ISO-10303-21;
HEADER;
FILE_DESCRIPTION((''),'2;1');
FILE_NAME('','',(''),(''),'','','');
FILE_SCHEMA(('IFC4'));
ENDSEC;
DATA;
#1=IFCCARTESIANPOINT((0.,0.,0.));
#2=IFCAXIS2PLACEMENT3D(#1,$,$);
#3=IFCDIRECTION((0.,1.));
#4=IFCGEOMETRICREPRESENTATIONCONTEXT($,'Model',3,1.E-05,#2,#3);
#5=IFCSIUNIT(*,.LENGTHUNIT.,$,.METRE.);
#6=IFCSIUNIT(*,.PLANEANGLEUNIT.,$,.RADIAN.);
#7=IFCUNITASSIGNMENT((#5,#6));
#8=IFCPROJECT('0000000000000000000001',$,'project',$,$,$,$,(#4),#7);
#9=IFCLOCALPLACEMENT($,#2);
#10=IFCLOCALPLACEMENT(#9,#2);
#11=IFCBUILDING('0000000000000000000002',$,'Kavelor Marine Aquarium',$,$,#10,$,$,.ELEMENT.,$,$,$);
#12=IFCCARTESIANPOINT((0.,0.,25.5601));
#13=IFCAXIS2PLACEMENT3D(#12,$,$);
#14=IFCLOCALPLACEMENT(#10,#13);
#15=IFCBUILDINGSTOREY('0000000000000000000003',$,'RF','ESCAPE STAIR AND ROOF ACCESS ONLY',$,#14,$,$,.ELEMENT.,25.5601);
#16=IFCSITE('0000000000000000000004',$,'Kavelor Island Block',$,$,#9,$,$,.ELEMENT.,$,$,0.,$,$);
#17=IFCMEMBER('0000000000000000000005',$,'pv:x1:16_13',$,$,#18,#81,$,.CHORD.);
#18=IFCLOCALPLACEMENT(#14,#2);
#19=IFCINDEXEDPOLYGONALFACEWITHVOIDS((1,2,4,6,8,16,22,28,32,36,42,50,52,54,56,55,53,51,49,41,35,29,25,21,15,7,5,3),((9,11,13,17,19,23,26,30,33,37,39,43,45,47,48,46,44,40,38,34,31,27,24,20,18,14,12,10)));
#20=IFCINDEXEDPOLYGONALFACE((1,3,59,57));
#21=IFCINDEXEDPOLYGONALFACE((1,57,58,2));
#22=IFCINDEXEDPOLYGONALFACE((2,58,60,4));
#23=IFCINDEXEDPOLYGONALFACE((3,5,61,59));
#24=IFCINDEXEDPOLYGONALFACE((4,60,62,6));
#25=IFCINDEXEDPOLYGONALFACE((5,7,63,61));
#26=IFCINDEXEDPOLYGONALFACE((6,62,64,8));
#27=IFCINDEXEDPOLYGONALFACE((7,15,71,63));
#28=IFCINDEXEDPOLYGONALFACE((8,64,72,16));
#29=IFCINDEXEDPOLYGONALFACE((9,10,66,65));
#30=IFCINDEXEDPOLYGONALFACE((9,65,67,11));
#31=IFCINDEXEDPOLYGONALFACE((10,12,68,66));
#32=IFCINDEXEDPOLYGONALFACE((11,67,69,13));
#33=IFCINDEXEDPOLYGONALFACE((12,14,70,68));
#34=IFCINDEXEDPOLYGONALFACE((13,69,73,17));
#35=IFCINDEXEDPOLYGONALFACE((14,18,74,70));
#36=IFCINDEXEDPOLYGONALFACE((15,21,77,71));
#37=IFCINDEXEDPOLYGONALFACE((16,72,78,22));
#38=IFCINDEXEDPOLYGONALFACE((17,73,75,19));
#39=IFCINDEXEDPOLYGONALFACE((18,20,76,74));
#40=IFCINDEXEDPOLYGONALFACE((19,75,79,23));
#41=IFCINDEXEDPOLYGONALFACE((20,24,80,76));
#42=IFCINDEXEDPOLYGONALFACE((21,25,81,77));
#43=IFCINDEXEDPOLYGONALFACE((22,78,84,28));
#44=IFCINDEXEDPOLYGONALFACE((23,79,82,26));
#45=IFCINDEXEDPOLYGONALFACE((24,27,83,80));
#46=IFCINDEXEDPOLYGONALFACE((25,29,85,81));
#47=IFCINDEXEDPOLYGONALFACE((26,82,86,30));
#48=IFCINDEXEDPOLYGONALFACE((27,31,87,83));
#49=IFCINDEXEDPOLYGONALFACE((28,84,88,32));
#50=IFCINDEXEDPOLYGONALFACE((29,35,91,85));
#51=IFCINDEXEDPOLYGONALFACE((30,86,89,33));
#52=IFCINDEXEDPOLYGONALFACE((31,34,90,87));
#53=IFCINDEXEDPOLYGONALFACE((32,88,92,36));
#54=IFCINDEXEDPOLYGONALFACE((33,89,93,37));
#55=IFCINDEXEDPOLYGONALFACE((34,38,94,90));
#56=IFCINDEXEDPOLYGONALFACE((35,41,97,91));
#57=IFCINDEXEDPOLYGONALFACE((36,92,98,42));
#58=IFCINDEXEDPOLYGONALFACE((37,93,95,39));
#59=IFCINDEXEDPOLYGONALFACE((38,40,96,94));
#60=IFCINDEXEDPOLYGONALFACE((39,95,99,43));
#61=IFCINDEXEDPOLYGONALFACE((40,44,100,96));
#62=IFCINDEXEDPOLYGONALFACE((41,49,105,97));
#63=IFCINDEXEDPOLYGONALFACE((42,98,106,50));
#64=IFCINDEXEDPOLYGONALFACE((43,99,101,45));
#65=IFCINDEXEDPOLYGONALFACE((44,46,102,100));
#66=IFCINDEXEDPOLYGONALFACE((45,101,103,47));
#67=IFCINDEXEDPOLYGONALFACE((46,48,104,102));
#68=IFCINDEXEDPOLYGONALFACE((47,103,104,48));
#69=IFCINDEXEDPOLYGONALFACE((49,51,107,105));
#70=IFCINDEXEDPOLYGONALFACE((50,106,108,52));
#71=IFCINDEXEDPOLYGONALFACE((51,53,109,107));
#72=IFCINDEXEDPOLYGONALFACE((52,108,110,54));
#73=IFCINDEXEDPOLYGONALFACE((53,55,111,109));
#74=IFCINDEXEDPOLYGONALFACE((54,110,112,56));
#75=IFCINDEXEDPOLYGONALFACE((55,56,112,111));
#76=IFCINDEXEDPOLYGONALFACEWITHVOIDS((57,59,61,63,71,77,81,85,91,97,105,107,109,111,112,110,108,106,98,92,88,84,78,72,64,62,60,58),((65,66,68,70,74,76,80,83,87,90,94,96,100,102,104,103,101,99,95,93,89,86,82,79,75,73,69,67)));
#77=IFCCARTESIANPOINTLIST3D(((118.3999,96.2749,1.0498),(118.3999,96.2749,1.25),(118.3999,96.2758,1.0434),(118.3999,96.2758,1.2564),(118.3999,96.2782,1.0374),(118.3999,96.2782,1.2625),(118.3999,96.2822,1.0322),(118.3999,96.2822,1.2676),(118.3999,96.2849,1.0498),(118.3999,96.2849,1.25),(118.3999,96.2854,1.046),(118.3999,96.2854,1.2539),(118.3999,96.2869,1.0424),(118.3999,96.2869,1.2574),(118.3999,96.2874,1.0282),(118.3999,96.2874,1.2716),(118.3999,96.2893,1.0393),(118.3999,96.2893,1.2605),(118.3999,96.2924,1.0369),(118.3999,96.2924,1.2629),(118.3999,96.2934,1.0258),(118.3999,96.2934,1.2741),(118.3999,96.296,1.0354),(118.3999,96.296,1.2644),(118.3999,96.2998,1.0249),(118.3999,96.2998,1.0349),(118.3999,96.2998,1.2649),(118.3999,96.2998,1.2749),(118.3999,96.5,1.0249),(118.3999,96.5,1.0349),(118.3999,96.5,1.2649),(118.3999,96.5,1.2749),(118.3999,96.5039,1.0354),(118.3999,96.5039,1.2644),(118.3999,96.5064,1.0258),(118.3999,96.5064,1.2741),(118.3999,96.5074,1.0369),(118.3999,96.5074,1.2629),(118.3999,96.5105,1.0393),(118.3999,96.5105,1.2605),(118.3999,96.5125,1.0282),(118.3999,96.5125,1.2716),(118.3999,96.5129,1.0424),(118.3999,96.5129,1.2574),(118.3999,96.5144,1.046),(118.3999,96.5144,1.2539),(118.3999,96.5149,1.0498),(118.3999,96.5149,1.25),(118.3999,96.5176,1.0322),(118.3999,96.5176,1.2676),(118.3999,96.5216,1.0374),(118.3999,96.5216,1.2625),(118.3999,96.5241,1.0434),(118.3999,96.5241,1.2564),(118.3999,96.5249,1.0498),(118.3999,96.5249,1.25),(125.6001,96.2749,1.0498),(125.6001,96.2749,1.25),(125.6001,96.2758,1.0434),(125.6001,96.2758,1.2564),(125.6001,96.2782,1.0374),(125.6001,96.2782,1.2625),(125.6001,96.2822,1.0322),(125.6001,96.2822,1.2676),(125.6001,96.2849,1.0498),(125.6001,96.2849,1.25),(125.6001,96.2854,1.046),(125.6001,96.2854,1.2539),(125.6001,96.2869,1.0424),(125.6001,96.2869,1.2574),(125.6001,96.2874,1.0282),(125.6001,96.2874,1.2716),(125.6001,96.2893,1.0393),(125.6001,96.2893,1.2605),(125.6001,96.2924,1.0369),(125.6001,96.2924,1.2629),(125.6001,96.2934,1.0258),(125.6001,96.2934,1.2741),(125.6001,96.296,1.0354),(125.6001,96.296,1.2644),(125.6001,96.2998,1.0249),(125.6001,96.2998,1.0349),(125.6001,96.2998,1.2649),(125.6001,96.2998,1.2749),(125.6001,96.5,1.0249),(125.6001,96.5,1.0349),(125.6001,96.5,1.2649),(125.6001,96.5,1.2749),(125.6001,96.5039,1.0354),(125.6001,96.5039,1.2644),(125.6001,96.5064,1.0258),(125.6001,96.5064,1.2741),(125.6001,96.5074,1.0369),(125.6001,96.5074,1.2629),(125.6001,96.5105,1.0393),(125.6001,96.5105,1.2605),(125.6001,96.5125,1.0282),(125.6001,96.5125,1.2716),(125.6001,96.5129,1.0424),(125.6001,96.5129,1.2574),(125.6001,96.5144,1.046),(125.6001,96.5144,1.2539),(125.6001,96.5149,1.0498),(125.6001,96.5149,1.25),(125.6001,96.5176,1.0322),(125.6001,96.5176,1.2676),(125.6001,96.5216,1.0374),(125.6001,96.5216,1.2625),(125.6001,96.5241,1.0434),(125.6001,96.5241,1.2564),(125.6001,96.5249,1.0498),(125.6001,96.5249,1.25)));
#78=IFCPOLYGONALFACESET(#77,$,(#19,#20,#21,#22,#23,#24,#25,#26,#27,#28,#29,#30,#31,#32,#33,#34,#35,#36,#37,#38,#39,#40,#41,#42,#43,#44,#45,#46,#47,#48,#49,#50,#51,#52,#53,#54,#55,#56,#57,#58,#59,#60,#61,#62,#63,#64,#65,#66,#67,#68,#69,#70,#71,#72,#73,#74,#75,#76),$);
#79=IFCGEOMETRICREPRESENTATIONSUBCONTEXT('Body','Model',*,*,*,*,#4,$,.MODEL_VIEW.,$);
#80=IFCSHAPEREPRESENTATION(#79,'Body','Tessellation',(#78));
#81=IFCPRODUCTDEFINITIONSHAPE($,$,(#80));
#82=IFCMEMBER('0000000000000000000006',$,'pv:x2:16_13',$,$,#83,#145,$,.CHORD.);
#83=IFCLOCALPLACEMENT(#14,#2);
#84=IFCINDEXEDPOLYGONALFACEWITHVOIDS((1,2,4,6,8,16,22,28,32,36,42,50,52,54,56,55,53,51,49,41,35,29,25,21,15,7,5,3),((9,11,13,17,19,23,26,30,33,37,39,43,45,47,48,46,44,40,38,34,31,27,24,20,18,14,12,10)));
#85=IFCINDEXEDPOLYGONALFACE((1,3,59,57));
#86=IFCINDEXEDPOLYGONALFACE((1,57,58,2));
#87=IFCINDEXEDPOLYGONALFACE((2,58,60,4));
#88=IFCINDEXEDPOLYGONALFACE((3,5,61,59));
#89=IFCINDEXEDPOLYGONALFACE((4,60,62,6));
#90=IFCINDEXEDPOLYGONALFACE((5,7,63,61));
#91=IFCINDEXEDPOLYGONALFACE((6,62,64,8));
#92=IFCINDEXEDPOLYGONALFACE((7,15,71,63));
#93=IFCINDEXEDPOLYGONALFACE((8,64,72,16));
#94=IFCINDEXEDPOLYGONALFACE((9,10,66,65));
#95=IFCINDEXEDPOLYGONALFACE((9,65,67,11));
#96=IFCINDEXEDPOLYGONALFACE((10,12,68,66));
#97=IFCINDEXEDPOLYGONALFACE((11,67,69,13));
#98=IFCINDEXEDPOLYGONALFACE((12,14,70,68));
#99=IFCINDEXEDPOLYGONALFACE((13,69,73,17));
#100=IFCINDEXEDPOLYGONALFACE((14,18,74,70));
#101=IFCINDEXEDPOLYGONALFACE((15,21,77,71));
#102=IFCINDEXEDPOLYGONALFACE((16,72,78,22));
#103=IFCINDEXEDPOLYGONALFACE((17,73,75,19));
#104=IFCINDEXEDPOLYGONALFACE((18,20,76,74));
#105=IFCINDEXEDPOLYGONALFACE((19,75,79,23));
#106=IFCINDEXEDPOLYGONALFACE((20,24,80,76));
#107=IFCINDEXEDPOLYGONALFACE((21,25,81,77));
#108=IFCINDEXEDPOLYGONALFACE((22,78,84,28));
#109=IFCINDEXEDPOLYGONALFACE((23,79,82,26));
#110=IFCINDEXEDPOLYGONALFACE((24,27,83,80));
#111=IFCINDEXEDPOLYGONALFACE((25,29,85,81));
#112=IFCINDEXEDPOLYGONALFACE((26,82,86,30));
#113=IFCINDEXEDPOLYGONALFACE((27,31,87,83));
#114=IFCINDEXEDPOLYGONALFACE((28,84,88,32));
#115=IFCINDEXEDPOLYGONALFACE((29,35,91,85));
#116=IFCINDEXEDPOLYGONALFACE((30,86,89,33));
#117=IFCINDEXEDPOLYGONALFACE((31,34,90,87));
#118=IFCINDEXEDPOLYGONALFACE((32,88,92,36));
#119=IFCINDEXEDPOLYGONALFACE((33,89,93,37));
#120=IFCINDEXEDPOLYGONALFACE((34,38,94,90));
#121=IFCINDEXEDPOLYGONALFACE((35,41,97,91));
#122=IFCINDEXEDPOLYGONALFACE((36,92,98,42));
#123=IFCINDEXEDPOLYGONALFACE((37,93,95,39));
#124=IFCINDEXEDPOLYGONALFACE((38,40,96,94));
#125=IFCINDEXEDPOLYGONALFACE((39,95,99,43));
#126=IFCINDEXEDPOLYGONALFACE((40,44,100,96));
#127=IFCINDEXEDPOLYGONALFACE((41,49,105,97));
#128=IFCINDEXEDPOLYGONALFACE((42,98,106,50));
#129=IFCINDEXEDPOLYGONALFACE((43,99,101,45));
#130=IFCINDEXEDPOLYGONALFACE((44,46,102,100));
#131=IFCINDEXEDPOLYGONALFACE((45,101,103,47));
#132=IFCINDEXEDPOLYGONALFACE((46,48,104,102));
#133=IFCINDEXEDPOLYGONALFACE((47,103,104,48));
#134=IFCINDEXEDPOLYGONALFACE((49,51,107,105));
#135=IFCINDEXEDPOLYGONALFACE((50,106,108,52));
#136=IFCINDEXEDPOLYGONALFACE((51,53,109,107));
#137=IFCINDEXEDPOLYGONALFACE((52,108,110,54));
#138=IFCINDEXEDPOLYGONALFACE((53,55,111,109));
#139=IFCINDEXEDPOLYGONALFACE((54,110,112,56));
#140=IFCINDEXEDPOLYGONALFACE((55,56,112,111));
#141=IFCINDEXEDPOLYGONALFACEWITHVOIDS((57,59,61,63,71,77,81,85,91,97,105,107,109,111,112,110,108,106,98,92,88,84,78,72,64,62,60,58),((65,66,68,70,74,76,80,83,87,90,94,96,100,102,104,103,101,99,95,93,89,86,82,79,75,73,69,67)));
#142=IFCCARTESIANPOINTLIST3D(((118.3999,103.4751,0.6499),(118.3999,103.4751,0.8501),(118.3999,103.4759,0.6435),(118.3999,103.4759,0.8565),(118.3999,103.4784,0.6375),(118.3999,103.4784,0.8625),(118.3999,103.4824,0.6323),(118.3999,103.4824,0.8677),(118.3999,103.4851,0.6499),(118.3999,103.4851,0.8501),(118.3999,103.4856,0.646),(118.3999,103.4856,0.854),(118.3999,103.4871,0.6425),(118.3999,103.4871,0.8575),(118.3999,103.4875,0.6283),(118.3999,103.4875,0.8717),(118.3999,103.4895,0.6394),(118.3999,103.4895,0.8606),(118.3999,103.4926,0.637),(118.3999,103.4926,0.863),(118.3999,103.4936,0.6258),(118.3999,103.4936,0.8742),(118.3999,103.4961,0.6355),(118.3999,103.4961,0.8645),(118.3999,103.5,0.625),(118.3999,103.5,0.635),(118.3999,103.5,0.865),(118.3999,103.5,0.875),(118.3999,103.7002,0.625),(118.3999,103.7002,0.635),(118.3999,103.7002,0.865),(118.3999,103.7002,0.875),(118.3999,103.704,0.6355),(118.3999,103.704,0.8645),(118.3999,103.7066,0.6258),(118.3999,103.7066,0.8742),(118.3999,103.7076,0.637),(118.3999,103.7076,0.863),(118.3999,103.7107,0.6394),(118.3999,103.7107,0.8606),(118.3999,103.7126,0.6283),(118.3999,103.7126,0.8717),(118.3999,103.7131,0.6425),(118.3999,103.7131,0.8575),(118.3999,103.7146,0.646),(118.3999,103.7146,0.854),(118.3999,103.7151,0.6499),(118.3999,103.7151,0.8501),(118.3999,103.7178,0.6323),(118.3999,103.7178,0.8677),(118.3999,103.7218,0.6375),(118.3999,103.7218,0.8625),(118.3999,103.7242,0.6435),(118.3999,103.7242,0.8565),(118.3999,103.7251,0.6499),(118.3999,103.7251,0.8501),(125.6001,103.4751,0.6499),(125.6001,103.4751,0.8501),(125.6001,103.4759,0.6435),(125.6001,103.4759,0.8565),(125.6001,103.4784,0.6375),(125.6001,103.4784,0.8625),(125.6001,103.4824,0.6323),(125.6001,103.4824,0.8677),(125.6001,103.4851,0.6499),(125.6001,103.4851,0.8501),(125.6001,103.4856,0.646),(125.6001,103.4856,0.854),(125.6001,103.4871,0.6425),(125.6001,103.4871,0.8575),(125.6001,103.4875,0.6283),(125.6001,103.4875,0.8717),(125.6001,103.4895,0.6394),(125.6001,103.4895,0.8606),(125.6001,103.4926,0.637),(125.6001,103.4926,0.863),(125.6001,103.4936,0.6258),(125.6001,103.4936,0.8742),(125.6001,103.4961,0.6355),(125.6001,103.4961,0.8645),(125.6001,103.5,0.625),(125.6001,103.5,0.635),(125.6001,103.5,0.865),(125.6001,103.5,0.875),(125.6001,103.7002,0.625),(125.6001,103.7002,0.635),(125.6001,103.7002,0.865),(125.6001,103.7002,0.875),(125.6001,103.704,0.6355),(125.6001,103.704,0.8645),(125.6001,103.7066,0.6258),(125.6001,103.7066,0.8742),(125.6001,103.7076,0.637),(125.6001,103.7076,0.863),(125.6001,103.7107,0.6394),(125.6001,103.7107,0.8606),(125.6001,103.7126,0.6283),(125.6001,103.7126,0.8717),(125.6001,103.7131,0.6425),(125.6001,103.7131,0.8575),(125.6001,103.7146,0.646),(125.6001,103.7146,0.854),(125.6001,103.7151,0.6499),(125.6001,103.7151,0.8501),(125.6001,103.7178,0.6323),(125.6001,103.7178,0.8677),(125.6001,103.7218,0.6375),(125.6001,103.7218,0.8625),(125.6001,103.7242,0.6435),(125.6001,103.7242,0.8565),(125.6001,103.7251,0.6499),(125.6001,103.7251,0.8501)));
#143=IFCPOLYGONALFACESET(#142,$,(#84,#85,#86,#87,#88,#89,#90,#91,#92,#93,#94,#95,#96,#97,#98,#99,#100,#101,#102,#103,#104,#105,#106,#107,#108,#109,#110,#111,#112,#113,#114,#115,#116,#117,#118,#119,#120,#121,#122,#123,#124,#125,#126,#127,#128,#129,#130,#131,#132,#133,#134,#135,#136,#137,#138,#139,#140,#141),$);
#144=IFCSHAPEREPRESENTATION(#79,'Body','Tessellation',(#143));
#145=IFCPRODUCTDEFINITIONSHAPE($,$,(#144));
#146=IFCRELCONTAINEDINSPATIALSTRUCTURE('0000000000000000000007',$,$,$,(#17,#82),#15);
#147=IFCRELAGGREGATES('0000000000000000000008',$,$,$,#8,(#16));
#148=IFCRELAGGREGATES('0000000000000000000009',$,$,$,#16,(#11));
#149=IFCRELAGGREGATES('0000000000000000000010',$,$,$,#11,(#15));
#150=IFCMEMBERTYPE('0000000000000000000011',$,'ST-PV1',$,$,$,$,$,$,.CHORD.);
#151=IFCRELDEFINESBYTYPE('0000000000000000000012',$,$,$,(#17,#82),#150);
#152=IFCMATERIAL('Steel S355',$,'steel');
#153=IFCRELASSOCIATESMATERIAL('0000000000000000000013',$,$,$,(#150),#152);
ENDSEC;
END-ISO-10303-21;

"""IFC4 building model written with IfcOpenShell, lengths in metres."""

from ifc_helpers import new_model, si_unit, direction, frame, origin, origin_2d, place, context, subcontext, project, spatial, hollow_rectangle, extrude, material, material_profile, profile_set, type_object, element, save


model = new_model("IFC4")

# Units and contexts
model_context = context("Model", 3, precision=1e-05, world=origin(), true_north=direction((0.0, 1.0)))
body_context = subcontext(model_context, "Body", "Model", "MODEL_VIEW")
ifc_project = project(units=[si_unit("LENGTHUNIT", "METRE"), si_unit("PLANEANGLEUNIT", "RADIAN")], contexts=[model_context])

# Site, building, storey
site_placement = place(None, origin())
site = spatial("IfcSite", under=ifc_project, at=site_placement, Name="Kavelor Island Block", CompositionType="ELEMENT", RefElevation=0.0)
building_placement = place(site_placement, origin())
building = spatial("IfcBuilding", under=site, at=building_placement, Name="Kavelor Marine Aquarium", CompositionType="ELEMENT")
storey_placement = place(building_placement, frame((0.0, 0.0, 25.5601)))
storey = spatial("IfcBuildingStorey", under=building, at=storey_placement, Name="RF", Description="ESCAPE STAIR AND ROOF ACCESS ONLY", CompositionType="ELEMENT", Elevation=25.5601)

# Members
ifc_material_1 = material(Name="Steel S355", Category="steel")
ifc_material_profile_1 = material_profile(ifc_material_1, hollow_rectangle(XDim=0.25, YDim=0.25, WallThickness=0.01, InnerFilletRadius=0.0149, OuterFilletRadius=0.0249, at=origin_2d()), Name="SHS 250x250x10.0")
ifc_profile_set_1 = profile_set([ifc_material_profile_1], Name="Steel S355")
member_type_1 = type_object("IfcMemberType", Name="ST-PV1", PredefinedType="CHORD", material=ifc_profile_set_1)
for number, where, z_axis, x_axis, name in (
    (1, (118.3999, 96.3999, 1.1499), (1.0, 0.0, 0.0), (0.0, 1.0, 0.0), "pv:x1:16_13"),
    (2, (118.3999, 103.6001, 0.75), (1.0, 0.0, 0.0), (0.0, 1.0, 0.0), "pv:x2:16_13"),
):
    element("IfcMember", number, at=place(storey_placement, frame(where, z_axis=z_axis, x_axis=x_axis)), inside=storey, type_object=member_type_1, Name=name, PredefinedType="CHORD", context=body_context, shape_type="SweptSolid", body=[
        extrude(hollow_rectangle(XDim=0.25, YDim=0.25, WallThickness=0.01, InnerFilletRadius=0.0149, OuterFilletRadius=0.0249, at=origin_2d()), origin(), (0.0, 0.0, 1.0), 7.2002),
    ])

save(model, "model.ifc")
